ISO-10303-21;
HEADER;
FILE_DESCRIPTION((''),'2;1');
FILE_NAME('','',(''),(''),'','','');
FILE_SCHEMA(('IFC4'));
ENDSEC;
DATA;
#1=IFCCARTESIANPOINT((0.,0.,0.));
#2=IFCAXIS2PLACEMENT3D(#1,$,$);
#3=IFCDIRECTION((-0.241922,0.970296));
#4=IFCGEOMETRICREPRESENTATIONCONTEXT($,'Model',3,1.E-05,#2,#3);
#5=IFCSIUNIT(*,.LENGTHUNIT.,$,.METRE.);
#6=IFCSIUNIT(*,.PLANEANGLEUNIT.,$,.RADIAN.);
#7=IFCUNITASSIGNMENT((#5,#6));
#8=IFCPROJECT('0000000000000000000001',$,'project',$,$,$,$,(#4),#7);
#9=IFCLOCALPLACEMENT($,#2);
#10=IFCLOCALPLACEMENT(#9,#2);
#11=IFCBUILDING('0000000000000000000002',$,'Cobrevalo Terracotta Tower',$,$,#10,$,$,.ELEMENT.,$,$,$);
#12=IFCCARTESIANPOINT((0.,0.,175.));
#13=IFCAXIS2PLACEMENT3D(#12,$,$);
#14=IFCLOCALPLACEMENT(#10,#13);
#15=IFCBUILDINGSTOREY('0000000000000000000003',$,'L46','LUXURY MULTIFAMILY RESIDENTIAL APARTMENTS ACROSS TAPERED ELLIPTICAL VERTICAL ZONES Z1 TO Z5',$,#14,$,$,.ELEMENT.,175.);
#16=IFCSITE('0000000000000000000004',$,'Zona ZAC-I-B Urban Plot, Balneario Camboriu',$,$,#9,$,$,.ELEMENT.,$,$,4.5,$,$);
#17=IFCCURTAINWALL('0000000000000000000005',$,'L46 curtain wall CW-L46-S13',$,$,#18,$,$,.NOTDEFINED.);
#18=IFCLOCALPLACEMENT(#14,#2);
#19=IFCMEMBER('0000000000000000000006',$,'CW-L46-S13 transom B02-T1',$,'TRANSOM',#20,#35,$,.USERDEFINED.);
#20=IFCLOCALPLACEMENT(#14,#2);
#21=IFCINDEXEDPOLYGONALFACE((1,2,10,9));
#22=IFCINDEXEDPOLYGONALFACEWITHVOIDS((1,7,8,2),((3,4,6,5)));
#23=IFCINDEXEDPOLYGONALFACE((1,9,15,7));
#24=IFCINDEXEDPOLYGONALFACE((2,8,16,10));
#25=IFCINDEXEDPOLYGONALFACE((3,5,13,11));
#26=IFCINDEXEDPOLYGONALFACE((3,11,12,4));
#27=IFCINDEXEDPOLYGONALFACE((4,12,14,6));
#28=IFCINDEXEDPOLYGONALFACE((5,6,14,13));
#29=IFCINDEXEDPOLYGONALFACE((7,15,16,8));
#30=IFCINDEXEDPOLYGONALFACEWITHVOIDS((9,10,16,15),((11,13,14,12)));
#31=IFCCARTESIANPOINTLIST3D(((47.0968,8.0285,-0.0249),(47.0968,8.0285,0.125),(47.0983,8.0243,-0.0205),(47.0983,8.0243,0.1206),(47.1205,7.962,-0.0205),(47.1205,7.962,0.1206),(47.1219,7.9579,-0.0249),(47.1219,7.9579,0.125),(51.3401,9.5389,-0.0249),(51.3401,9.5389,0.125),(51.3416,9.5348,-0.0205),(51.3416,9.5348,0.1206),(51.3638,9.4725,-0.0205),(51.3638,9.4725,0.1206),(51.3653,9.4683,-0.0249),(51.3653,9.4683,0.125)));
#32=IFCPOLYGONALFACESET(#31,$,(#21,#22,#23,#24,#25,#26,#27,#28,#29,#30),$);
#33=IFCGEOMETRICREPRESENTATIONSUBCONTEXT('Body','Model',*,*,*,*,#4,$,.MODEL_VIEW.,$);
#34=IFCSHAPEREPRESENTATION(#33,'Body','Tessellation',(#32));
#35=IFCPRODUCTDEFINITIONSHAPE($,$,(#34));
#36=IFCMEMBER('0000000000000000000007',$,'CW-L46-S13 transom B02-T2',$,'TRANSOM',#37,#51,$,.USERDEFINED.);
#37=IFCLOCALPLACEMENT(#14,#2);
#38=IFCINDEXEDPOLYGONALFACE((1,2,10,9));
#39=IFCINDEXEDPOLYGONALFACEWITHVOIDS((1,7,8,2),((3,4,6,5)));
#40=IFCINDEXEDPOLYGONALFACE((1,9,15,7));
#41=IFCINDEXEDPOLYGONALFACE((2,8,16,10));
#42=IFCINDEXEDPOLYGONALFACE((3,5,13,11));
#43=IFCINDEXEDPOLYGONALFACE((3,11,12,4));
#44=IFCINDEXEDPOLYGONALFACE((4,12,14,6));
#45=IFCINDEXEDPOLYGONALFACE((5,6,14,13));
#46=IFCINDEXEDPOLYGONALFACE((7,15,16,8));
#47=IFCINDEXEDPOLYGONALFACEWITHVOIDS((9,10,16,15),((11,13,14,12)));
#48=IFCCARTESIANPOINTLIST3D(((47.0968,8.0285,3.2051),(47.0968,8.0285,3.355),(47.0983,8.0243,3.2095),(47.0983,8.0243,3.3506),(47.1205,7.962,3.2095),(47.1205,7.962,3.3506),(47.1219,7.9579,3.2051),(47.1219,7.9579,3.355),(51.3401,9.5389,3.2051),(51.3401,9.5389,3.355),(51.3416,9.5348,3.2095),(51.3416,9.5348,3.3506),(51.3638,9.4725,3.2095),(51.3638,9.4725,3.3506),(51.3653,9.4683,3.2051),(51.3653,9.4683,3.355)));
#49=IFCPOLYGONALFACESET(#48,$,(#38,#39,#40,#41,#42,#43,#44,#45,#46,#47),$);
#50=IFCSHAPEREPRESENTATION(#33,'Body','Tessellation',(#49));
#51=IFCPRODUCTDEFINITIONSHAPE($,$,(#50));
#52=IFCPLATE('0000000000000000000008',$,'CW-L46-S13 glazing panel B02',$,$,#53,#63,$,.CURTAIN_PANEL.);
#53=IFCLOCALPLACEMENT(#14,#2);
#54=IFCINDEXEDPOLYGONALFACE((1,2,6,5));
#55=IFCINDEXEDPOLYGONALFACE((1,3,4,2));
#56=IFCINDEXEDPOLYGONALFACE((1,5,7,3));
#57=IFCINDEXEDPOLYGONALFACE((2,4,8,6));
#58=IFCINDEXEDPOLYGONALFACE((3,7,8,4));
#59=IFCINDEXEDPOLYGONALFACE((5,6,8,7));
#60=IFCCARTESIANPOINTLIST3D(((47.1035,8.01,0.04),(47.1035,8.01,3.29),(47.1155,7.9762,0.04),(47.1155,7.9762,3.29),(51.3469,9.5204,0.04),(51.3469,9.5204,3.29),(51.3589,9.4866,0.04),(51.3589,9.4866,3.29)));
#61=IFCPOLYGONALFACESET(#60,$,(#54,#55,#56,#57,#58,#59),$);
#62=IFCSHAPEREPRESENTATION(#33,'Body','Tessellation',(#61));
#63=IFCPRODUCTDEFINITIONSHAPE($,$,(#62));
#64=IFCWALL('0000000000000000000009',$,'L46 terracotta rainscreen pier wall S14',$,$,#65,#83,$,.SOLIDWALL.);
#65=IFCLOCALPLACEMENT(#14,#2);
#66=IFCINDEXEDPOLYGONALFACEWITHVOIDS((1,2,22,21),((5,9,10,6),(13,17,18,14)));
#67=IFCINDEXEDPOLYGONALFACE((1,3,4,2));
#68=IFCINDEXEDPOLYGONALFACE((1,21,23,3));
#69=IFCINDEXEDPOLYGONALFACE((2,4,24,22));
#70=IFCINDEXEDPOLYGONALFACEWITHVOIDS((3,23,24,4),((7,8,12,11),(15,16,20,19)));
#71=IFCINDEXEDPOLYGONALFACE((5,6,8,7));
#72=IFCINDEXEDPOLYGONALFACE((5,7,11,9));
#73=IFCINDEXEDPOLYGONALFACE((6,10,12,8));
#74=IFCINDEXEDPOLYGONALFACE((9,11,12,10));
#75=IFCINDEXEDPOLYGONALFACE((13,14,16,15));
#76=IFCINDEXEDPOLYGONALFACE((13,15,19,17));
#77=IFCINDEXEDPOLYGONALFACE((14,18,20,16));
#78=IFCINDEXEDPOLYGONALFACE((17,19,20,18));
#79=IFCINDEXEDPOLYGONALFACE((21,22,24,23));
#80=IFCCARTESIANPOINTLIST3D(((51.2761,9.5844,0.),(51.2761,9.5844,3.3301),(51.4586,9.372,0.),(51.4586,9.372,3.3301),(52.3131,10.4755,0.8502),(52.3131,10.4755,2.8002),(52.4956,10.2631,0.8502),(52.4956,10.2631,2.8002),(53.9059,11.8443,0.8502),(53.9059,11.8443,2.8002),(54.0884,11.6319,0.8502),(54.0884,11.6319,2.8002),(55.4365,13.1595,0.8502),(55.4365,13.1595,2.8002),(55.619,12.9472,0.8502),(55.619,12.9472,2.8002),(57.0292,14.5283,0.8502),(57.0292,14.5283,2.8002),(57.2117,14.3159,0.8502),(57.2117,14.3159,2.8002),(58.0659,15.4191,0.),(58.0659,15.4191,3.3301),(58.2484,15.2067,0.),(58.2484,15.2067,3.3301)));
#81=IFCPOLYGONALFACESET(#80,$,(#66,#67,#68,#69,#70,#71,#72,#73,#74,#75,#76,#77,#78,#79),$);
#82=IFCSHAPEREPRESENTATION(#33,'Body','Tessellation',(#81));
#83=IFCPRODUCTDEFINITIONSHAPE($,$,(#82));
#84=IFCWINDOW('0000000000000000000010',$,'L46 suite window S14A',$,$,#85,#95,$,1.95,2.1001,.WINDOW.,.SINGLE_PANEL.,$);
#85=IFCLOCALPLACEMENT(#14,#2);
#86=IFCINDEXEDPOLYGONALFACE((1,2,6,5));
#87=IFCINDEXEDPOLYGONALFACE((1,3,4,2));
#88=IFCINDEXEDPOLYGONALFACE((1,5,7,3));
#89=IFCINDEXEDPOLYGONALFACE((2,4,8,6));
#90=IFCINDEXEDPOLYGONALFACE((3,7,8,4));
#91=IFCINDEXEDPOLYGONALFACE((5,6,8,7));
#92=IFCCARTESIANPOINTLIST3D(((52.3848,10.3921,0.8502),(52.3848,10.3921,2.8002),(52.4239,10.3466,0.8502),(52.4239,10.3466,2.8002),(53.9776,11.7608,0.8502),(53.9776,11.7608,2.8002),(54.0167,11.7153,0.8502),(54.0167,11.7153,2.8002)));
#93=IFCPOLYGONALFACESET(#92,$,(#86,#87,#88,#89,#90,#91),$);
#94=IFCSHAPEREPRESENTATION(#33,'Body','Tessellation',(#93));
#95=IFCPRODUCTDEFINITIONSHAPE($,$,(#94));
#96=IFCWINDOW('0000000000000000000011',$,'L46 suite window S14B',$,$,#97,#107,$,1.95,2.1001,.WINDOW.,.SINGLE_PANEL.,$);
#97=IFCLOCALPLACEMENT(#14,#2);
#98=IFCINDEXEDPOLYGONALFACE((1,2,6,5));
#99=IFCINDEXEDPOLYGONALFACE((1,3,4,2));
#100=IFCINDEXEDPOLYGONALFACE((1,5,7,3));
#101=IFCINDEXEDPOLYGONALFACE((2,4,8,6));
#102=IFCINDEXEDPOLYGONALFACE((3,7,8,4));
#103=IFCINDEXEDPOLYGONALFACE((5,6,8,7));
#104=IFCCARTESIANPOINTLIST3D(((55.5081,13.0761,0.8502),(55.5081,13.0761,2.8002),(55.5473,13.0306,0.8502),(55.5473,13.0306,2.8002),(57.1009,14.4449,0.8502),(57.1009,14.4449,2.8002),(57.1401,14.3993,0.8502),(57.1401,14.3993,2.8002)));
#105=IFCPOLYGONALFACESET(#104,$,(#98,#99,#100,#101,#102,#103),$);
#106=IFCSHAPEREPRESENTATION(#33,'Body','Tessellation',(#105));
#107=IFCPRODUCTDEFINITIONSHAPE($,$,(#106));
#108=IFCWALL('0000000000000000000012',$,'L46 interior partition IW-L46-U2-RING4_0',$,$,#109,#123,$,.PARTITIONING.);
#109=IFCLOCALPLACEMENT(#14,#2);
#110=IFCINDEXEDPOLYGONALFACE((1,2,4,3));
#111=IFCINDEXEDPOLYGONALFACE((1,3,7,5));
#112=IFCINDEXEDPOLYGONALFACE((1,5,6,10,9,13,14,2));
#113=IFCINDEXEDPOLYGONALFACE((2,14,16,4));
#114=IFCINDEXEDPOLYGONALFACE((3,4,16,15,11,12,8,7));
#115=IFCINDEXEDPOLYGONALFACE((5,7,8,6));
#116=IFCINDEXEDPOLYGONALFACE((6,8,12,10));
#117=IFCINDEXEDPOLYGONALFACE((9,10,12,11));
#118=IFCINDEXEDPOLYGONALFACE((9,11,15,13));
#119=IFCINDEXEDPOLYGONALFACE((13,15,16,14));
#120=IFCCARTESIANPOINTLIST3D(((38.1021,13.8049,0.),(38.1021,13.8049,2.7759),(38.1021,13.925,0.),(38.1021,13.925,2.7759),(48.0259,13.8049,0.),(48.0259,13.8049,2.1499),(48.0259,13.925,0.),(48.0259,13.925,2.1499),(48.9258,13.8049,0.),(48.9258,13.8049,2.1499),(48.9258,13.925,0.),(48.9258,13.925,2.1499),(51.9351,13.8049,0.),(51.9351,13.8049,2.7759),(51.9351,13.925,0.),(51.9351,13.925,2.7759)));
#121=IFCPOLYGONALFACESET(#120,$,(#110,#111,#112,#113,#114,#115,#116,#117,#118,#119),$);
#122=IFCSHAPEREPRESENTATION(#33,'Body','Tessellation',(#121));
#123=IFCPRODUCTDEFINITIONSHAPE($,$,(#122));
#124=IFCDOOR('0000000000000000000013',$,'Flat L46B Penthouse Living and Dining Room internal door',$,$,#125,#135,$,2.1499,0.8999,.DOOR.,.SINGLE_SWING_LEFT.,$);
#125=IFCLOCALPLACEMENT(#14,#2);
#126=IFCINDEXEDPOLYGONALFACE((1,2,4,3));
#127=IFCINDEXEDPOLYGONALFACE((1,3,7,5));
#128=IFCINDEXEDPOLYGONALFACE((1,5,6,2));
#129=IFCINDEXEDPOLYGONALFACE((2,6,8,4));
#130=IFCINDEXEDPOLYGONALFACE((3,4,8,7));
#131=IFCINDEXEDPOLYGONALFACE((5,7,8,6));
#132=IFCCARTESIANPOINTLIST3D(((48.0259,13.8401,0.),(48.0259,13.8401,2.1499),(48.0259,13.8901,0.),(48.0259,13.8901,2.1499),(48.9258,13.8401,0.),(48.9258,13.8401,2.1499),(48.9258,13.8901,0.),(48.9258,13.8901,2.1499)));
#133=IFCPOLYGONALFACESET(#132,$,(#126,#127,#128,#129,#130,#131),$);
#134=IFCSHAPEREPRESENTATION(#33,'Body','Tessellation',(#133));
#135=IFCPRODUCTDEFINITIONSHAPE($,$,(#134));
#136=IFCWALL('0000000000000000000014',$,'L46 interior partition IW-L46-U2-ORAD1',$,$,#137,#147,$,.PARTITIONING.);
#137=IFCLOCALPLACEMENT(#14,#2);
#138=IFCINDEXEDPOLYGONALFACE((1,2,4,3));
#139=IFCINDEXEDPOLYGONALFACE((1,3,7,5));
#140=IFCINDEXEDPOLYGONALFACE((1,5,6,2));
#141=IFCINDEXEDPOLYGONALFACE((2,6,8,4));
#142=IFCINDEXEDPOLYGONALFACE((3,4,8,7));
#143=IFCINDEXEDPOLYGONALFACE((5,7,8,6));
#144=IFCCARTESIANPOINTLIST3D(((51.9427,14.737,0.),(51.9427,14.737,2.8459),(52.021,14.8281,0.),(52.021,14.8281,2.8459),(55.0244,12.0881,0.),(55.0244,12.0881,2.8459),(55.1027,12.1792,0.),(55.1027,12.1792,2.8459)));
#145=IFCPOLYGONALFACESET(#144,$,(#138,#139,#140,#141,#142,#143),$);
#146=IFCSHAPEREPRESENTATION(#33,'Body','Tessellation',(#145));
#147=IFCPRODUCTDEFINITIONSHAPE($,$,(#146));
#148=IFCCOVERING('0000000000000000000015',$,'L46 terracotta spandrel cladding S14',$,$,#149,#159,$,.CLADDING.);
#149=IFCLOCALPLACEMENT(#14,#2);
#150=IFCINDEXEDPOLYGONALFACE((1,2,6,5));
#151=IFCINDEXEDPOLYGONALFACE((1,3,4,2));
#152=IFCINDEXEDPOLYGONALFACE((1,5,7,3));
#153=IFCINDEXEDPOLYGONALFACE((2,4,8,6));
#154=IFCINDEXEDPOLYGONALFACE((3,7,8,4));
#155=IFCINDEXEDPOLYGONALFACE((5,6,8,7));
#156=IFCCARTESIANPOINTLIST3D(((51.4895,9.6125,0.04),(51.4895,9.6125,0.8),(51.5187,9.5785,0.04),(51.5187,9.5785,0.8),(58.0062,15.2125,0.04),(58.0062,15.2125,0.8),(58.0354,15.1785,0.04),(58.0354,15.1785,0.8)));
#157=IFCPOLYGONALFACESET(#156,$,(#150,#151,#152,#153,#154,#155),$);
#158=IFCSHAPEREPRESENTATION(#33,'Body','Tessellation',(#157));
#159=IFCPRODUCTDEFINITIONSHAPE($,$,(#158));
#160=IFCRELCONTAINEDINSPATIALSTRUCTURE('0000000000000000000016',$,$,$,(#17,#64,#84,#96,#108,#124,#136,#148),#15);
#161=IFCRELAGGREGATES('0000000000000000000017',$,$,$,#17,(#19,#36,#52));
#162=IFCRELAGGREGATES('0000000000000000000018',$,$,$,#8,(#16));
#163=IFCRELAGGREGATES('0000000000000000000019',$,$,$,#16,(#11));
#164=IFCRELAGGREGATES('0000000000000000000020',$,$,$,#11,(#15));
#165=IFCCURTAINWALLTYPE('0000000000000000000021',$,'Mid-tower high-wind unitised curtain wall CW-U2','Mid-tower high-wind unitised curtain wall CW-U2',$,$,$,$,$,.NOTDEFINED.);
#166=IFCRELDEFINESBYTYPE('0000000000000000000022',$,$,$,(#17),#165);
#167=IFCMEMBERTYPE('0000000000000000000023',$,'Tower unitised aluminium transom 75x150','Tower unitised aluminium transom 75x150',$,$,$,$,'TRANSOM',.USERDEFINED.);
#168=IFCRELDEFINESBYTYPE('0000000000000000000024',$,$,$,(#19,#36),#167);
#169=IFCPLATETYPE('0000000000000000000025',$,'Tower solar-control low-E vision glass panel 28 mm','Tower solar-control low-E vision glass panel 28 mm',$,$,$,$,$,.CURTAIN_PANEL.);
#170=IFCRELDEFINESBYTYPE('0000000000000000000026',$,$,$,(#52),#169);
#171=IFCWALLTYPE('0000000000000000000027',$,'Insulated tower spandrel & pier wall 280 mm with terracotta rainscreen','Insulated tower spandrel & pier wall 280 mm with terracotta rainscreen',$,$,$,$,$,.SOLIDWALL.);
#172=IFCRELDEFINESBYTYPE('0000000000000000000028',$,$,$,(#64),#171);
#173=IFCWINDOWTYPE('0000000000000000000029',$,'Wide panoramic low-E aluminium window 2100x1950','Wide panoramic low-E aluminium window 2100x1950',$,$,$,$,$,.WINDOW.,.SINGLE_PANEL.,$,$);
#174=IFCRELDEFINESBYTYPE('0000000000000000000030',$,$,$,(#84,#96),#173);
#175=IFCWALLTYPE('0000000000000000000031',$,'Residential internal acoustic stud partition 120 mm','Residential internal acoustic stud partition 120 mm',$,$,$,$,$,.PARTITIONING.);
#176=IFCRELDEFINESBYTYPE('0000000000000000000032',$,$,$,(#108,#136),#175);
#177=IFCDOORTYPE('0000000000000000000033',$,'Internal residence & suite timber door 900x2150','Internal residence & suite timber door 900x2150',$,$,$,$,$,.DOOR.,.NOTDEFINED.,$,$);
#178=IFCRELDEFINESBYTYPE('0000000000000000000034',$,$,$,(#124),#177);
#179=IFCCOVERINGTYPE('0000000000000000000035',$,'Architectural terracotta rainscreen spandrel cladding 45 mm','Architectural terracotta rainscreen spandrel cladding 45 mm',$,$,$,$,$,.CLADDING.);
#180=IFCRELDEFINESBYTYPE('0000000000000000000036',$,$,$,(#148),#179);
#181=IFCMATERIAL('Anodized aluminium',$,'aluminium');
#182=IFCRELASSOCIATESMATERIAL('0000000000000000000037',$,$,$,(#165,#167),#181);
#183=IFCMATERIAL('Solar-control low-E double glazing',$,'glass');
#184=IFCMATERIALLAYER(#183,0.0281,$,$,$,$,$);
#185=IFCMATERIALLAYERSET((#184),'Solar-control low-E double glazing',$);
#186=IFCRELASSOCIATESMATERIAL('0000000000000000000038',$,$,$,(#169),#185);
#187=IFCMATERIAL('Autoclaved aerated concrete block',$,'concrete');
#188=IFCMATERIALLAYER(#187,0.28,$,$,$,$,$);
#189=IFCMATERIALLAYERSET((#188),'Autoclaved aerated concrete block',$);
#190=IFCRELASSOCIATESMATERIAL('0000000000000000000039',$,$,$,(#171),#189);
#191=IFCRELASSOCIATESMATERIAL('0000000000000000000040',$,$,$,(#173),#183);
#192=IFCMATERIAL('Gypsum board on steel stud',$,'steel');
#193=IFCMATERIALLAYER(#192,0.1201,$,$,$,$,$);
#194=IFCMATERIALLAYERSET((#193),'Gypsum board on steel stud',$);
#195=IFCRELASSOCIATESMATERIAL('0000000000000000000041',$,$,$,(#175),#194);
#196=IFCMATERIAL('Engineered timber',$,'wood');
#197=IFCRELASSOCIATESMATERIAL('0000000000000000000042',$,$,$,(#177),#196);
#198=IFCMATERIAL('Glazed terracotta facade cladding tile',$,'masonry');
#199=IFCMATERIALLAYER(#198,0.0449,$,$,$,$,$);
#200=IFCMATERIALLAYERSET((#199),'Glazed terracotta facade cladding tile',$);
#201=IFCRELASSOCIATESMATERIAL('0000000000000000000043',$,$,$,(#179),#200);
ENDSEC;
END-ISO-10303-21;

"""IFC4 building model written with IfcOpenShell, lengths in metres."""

from ifc_helpers import new_model, si_unit, direction, frame, frame_2d, origin, origin_2d, place, context, subcontext, project, spatial, rectangle, hollow_rectangle, extrude, source, transform, mapped, material, layer, layer_set, material_profile, profile_set, type_object, element, fill, aggregate, save


model = new_model("IFC4")

# Units and contexts
model_context = context("Model", 3, precision=1e-05, world=origin(), true_north=direction((-0.241922, 0.970296)))
body_context = subcontext(model_context, "Body", "Model", "MODEL_VIEW")
ifc_project = project(units=[si_unit("LENGTHUNIT", "METRE"), si_unit("PLANEANGLEUNIT", "RADIAN")], contexts=[model_context])

# Site, building, storey
site_placement = place(None, origin())
site = spatial("IfcSite", under=ifc_project, at=site_placement, Name="Zona ZAC-I-B Urban Plot, Balneario Camboriu", CompositionType="ELEMENT", RefElevation=4.5)
building_placement = place(site_placement, origin())
building = spatial("IfcBuilding", under=site, at=building_placement, Name="Cobrevalo Terracotta Tower", CompositionType="ELEMENT")
storey_placement = place(building_placement, frame((0.0, 0.0, 175.0)))
storey = spatial("IfcBuildingStorey", under=building, at=storey_placement, Name="L46", Description="LUXURY MULTIFAMILY RESIDENTIAL APARTMENTS ACROSS TAPERED ELLIPTICAL VERTICAL ZONES Z1 TO Z5", CompositionType="ELEMENT", Elevation=175.0)

# Curtain wall
ifc_material_1 = material(Name="Anodized aluminium", Category="aluminium")
curtain_wall_type = type_object("IfcCurtainWallType", Name="Mid-tower high-wind unitised curtain wall CW-U2", Description="Mid-tower high-wind unitised curtain wall CW-U2", PredefinedType="NOTDEFINED", material=ifc_material_1)
curtain_wall_1_placement = place(storey_placement, origin())
curtain_wall_1 = element("IfcCurtainWall", 1, at=curtain_wall_1_placement, inside=storey, type_object=curtain_wall_type, Name="L46 curtain wall CW-L46-S13", PredefinedType="NOTDEFINED")
ifc_material_profile_1 = material_profile(ifc_material_1, hollow_rectangle(XDim=0.075, YDim=0.1499, WallThickness=0.0044, at=origin_2d()), Name="CWT 75x150")
ifc_profile_set_1 = profile_set([ifc_material_profile_1], Name="Anodized aluminium")
member_type_1 = type_object("IfcMemberType", Name="Tower unitised aluminium transom 75x150", Description="Tower unitised aluminium transom 75x150", ElementType="TRANSOM", PredefinedType="USERDEFINED", material=ifc_profile_set_1)

# Members
shared_shape_1 = source(origin(), body_context, "Body", "SweptSolid", [
    extrude(hollow_rectangle(XDim=0.075, YDim=0.1499, WallThickness=0.0044, at=origin_2d()), origin(), (0.0, 0.0, 1.0), 4.5042),
])
member_1_placement = place(storey_placement, frame((47.1094, 7.9932, 0.05), z_axis=(0.942093, 0.335351, 0.0), x_axis=(-0.335351, 0.942093, 0.0)))
member_1 = element("IfcMember", 2, at=member_1_placement, type_object=member_type_1, Name="CW-L46-S13 transom B02-T1", ObjectType="TRANSOM", PredefinedType="USERDEFINED", context=body_context, shape_type="MappedRepresentation", body=[
    mapped(shared_shape_1, transform((0.0, 0.0, 0.0), scale=1.0)),
])
member_2_placement = place(storey_placement, frame((47.1094, 7.9932, 3.28), z_axis=(0.942093, 0.335351, 0.0), x_axis=(-0.335351, 0.942093, 0.0)))
member_2 = element("IfcMember", 3, at=member_2_placement, type_object=member_type_1, Name="CW-L46-S13 transom B02-T2", ObjectType="TRANSOM", PredefinedType="USERDEFINED", context=body_context, shape_type="MappedRepresentation", body=[
    mapped(shared_shape_1, transform((0.0, 0.0, 0.0), scale=1.0)),
])

# Plate
ifc_material_2 = material(Name="Solar-control low-E double glazing", Category="glass")
ifc_layer_1 = layer(ifc_material_2, 0.0281)
ifc_layer_set_1 = layer_set([ifc_layer_1], Name="Solar-control low-E double glazing")
plate_type = type_object("IfcPlateType", Name="Tower solar-control low-E vision glass panel 28 mm", Description="Tower solar-control low-E vision glass panel 28 mm", PredefinedType="CURTAIN_PANEL", material=ifc_layer_set_1)
shared_shape_2 = source(origin(), body_context, "Body", "SweptSolid", [
    extrude(rectangle(XDim=4.5042, YDim=0.0359, at=origin_2d()), origin(), (0.0, 0.0, 1.0), 3.25),
])
plate_placement = place(storey_placement, frame((49.2312, 8.7483, 0.04), z_axis=(0.0, 0.0, 1.0), x_axis=(0.942098, 0.335336, 0.0)))
plate = element("IfcPlate", 4, at=plate_placement, type_object=plate_type, Name="CW-L46-S13 glazing panel B02", PredefinedType="CURTAIN_PANEL", context=body_context, shape_type="MappedRepresentation", body=[
    mapped(shared_shape_2, transform((0.0, 0.0, 0.0), scale=1.0)),
])
aggregate(curtain_wall_1, [member_1, member_2, plate])

# Wall, openings, windows
ifc_material_3 = material(Name="Autoclaved aerated concrete block", Category="concrete")
ifc_layer_2 = layer(ifc_material_3, 0.28)
ifc_layer_set_2 = layer_set([ifc_layer_2], Name="Autoclaved aerated concrete block")
wall_type_1 = type_object("IfcWallType", Name="Insulated tower spandrel & pier wall 280 mm with terracotta rainscreen", Description="Insulated tower spandrel & pier wall 280 mm with terracotta rainscreen", PredefinedType="SOLIDWALL", material=ifc_layer_set_2)
wall_1_placement = place(storey_placement, frame((51.3674, 9.4783, 0.0), z_axis=(0.0, 0.0, 1.0), x_axis=(0.758434, 0.65175, 0.0)))
wall_1 = element("IfcWall", 5, at=wall_1_placement, inside=storey, type_object=wall_type_1, Name="L46 terracotta rainscreen pier wall S14", PredefinedType="SOLIDWALL", context=body_context, shape_type="SweptSolid", body=[
    extrude(rectangle(XDim=8.9524, YDim=0.28, at=frame_2d((4.4761, 0.0))), origin(), (0.0, 0.0, 1.0), 3.3301),
])
opening_1_placement = place(wall_1_placement, frame((1.3672, 0.0, 0.8501)))
opening_1 = element("IfcOpeningElement", 6, at=opening_1_placement, cuts=wall_1, PredefinedType="OPENING", context=body_context, shape_type="SweptSolid", body=[
    extrude(rectangle(XDim=2.1001, YDim=1.95, at=frame_2d((1.05, 0.9751))), frame((0.0, 0.1499, 0.0), z_axis=(0.0, -1.0, 0.0), x_axis=(1.0, 0.0, 0.0)), (0.0, 0.0, 1.0), 0.3),
])
opening_2_placement = place(wall_1_placement, frame((5.4854, 0.0, 0.8501)))
opening_2 = element("IfcOpeningElement", 7, at=opening_2_placement, cuts=wall_1, PredefinedType="OPENING", context=body_context, shape_type="SweptSolid", body=[
    extrude(rectangle(XDim=2.1001, YDim=1.95, at=frame_2d((1.05, 0.9751))), frame((0.0, 0.1499, 0.0), z_axis=(0.0, -1.0, 0.0), x_axis=(1.0, 0.0, 0.0)), (0.0, 0.0, 1.0), 0.3),
])
window_type = type_object("IfcWindowType", Name="Wide panoramic low-E aluminium window 2100x1950", Description="Wide panoramic low-E aluminium window 2100x1950", PartitioningType="SINGLE_PANEL", PredefinedType="WINDOW", material=ifc_material_2)
shared_shape_3 = source(origin(), body_context, "Body", "SweptSolid", [
    extrude(rectangle(XDim=2.1001, YDim=1.95, at=frame_2d((1.05, 0.9751))), frame((0.0, 0.03, 0.0), z_axis=(0.0, -1.0, 0.0), x_axis=(1.0, 0.0, 0.0)), (0.0, 0.0, 1.0), 0.0601),
])
window_1_placement = place(opening_1_placement, origin())
window_1 = element("IfcWindow", 8, at=window_1_placement, inside=storey, type_object=window_type, Name="L46 suite window S14A", OverallHeight=1.95, OverallWidth=2.1001, PartitioningType="SINGLE_PANEL", PredefinedType="WINDOW", context=body_context, shape_type="MappedRepresentation", body=[
    mapped(shared_shape_3, transform((0.0, 0.0, 0.0), scale=1.0)),
])
fill(opening_1, window_1)
window_2_placement = place(opening_2_placement, origin())
window_2 = element("IfcWindow", 9, at=window_2_placement, inside=storey, type_object=window_type, Name="L46 suite window S14B", OverallHeight=1.95, OverallWidth=2.1001, PartitioningType="SINGLE_PANEL", PredefinedType="WINDOW", context=body_context, shape_type="MappedRepresentation", body=[
    mapped(shared_shape_3, transform((0.0, 0.0, 0.0), scale=1.0)),
])
fill(opening_2, window_2)

# Wall, opening, door
ifc_material_4 = material(Name="Gypsum board on steel stud", Category="steel")
ifc_layer_3 = layer(ifc_material_4, 0.1201)
ifc_layer_set_3 = layer_set([ifc_layer_3], Name="Gypsum board on steel stud")
wall_type_2 = type_object("IfcWallType", Name="Residential internal acoustic stud partition 120 mm", Description="Residential internal acoustic stud partition 120 mm", PredefinedType="PARTITIONING", material=ifc_layer_set_3)
wall_2_placement = place(storey_placement, frame((51.9351, 13.865, 0.0), z_axis=(0.0, 0.0, 1.0), x_axis=(-1.0, 0.0, 0.0)))
wall_2 = element("IfcWall", 10, at=wall_2_placement, inside=storey, type_object=wall_type_2, Name="L46 interior partition IW-L46-U2-RING4_0", PredefinedType="PARTITIONING", context=body_context, shape_type="SweptSolid", body=[
    extrude(rectangle(XDim=13.833, YDim=0.1201, at=frame_2d((6.9165, 0.0))), origin(), (0.0, 0.0, 1.0), 2.7759),
])
opening_3_placement = place(wall_2_placement, frame((3.0093, 0.0, 0.0)))
opening_3 = element("IfcOpeningElement", 11, at=opening_3_placement, cuts=wall_2, PredefinedType="OPENING", context=body_context, shape_type="SweptSolid", body=[
    extrude(rectangle(XDim=0.8999, YDim=2.1499, at=frame_2d((0.45, 1.075))), frame((0.0, 0.0701, 0.0), z_axis=(0.0, -1.0, 0.0), x_axis=(1.0, 0.0, 0.0)), (0.0, 0.0, 1.0), 0.1401),
])
ifc_material_5 = material(Name="Engineered timber", Category="wood")
door_type = type_object("IfcDoorType", Name="Internal residence & suite timber door 900x2150", Description="Internal residence & suite timber door 900x2150", OperationType="NOTDEFINED", PredefinedType="DOOR", material=ifc_material_5)
shared_shape_4 = source(origin(), body_context, "Body", "SweptSolid", [
    extrude(rectangle(XDim=0.8999, YDim=2.1499, at=frame_2d((0.45, 1.075))), frame((0.0, 0.0249, 0.0), z_axis=(0.0, -1.0, 0.0), x_axis=(1.0, 0.0, 0.0)), (0.0, 0.0, 1.0), 0.05),
])
door_placement = place(opening_3_placement, origin())
door = element("IfcDoor", 12, at=door_placement, inside=storey, type_object=door_type, Name="Flat L46B Penthouse Living and Dining Room internal door", OperationType="SINGLE_SWING_LEFT", OverallHeight=2.1499, OverallWidth=0.8999, PredefinedType="DOOR", context=body_context, shape_type="MappedRepresentation", body=[
    mapped(shared_shape_4, transform((0.0, 0.0, 0.0), scale=1.0)),
])
fill(opening_3, door)

# Wall
wall_3_placement = place(storey_placement, frame((51.9819, 14.7825, 0.0), z_axis=(0.0, 0.0, 1.0), x_axis=(0.758357, -0.65184, 0.0)))
element("IfcWall", 13, at=wall_3_placement, inside=storey, type_object=wall_type_2, Name="L46 interior partition IW-L46-U2-ORAD1", PredefinedType="PARTITIONING", context=body_context, shape_type="SweptSolid", body=[
    extrude(rectangle(XDim=4.0637, YDim=0.1201, at=frame_2d((2.0317, 0.0))), origin(), (0.0, 0.0, 1.0), 2.8459),
])

# Covering
ifc_material_6 = material(Name="Glazed terracotta facade cladding tile", Category="masonry")
ifc_layer_4 = layer(ifc_material_6, 0.0449)
ifc_layer_set_4 = layer_set([ifc_layer_4], Name="Glazed terracotta facade cladding tile")
covering_type = type_object("IfcCoveringType", Name="Architectural terracotta rainscreen spandrel cladding 45 mm", Description="Architectural terracotta rainscreen spandrel cladding 45 mm", PredefinedType="CLADDING", material=ifc_layer_set_4)
shared_shape_5 = source(origin(), body_context, "Body", "SweptSolid", [
    extrude(rectangle(XDim=8.5923, YDim=0.0449, at=origin_2d()), origin(), (0.0, 0.0, 1.0), 0.76),
])
covering_placement = place(storey_placement, frame((54.7625, 12.3955, 0.04), z_axis=(0.0, 0.0, 1.0), x_axis=(0.758437, 0.651746, 0.0)))
element("IfcCovering", 14, at=covering_placement, inside=storey, type_object=covering_type, Name="L46 terracotta spandrel cladding S14", PredefinedType="CLADDING", context=body_context, shape_type="MappedRepresentation", body=[
    mapped(shared_shape_5, transform((0.0, 0.0, 0.0), scale=1.0)),
])

save(model, "model.ifc")
